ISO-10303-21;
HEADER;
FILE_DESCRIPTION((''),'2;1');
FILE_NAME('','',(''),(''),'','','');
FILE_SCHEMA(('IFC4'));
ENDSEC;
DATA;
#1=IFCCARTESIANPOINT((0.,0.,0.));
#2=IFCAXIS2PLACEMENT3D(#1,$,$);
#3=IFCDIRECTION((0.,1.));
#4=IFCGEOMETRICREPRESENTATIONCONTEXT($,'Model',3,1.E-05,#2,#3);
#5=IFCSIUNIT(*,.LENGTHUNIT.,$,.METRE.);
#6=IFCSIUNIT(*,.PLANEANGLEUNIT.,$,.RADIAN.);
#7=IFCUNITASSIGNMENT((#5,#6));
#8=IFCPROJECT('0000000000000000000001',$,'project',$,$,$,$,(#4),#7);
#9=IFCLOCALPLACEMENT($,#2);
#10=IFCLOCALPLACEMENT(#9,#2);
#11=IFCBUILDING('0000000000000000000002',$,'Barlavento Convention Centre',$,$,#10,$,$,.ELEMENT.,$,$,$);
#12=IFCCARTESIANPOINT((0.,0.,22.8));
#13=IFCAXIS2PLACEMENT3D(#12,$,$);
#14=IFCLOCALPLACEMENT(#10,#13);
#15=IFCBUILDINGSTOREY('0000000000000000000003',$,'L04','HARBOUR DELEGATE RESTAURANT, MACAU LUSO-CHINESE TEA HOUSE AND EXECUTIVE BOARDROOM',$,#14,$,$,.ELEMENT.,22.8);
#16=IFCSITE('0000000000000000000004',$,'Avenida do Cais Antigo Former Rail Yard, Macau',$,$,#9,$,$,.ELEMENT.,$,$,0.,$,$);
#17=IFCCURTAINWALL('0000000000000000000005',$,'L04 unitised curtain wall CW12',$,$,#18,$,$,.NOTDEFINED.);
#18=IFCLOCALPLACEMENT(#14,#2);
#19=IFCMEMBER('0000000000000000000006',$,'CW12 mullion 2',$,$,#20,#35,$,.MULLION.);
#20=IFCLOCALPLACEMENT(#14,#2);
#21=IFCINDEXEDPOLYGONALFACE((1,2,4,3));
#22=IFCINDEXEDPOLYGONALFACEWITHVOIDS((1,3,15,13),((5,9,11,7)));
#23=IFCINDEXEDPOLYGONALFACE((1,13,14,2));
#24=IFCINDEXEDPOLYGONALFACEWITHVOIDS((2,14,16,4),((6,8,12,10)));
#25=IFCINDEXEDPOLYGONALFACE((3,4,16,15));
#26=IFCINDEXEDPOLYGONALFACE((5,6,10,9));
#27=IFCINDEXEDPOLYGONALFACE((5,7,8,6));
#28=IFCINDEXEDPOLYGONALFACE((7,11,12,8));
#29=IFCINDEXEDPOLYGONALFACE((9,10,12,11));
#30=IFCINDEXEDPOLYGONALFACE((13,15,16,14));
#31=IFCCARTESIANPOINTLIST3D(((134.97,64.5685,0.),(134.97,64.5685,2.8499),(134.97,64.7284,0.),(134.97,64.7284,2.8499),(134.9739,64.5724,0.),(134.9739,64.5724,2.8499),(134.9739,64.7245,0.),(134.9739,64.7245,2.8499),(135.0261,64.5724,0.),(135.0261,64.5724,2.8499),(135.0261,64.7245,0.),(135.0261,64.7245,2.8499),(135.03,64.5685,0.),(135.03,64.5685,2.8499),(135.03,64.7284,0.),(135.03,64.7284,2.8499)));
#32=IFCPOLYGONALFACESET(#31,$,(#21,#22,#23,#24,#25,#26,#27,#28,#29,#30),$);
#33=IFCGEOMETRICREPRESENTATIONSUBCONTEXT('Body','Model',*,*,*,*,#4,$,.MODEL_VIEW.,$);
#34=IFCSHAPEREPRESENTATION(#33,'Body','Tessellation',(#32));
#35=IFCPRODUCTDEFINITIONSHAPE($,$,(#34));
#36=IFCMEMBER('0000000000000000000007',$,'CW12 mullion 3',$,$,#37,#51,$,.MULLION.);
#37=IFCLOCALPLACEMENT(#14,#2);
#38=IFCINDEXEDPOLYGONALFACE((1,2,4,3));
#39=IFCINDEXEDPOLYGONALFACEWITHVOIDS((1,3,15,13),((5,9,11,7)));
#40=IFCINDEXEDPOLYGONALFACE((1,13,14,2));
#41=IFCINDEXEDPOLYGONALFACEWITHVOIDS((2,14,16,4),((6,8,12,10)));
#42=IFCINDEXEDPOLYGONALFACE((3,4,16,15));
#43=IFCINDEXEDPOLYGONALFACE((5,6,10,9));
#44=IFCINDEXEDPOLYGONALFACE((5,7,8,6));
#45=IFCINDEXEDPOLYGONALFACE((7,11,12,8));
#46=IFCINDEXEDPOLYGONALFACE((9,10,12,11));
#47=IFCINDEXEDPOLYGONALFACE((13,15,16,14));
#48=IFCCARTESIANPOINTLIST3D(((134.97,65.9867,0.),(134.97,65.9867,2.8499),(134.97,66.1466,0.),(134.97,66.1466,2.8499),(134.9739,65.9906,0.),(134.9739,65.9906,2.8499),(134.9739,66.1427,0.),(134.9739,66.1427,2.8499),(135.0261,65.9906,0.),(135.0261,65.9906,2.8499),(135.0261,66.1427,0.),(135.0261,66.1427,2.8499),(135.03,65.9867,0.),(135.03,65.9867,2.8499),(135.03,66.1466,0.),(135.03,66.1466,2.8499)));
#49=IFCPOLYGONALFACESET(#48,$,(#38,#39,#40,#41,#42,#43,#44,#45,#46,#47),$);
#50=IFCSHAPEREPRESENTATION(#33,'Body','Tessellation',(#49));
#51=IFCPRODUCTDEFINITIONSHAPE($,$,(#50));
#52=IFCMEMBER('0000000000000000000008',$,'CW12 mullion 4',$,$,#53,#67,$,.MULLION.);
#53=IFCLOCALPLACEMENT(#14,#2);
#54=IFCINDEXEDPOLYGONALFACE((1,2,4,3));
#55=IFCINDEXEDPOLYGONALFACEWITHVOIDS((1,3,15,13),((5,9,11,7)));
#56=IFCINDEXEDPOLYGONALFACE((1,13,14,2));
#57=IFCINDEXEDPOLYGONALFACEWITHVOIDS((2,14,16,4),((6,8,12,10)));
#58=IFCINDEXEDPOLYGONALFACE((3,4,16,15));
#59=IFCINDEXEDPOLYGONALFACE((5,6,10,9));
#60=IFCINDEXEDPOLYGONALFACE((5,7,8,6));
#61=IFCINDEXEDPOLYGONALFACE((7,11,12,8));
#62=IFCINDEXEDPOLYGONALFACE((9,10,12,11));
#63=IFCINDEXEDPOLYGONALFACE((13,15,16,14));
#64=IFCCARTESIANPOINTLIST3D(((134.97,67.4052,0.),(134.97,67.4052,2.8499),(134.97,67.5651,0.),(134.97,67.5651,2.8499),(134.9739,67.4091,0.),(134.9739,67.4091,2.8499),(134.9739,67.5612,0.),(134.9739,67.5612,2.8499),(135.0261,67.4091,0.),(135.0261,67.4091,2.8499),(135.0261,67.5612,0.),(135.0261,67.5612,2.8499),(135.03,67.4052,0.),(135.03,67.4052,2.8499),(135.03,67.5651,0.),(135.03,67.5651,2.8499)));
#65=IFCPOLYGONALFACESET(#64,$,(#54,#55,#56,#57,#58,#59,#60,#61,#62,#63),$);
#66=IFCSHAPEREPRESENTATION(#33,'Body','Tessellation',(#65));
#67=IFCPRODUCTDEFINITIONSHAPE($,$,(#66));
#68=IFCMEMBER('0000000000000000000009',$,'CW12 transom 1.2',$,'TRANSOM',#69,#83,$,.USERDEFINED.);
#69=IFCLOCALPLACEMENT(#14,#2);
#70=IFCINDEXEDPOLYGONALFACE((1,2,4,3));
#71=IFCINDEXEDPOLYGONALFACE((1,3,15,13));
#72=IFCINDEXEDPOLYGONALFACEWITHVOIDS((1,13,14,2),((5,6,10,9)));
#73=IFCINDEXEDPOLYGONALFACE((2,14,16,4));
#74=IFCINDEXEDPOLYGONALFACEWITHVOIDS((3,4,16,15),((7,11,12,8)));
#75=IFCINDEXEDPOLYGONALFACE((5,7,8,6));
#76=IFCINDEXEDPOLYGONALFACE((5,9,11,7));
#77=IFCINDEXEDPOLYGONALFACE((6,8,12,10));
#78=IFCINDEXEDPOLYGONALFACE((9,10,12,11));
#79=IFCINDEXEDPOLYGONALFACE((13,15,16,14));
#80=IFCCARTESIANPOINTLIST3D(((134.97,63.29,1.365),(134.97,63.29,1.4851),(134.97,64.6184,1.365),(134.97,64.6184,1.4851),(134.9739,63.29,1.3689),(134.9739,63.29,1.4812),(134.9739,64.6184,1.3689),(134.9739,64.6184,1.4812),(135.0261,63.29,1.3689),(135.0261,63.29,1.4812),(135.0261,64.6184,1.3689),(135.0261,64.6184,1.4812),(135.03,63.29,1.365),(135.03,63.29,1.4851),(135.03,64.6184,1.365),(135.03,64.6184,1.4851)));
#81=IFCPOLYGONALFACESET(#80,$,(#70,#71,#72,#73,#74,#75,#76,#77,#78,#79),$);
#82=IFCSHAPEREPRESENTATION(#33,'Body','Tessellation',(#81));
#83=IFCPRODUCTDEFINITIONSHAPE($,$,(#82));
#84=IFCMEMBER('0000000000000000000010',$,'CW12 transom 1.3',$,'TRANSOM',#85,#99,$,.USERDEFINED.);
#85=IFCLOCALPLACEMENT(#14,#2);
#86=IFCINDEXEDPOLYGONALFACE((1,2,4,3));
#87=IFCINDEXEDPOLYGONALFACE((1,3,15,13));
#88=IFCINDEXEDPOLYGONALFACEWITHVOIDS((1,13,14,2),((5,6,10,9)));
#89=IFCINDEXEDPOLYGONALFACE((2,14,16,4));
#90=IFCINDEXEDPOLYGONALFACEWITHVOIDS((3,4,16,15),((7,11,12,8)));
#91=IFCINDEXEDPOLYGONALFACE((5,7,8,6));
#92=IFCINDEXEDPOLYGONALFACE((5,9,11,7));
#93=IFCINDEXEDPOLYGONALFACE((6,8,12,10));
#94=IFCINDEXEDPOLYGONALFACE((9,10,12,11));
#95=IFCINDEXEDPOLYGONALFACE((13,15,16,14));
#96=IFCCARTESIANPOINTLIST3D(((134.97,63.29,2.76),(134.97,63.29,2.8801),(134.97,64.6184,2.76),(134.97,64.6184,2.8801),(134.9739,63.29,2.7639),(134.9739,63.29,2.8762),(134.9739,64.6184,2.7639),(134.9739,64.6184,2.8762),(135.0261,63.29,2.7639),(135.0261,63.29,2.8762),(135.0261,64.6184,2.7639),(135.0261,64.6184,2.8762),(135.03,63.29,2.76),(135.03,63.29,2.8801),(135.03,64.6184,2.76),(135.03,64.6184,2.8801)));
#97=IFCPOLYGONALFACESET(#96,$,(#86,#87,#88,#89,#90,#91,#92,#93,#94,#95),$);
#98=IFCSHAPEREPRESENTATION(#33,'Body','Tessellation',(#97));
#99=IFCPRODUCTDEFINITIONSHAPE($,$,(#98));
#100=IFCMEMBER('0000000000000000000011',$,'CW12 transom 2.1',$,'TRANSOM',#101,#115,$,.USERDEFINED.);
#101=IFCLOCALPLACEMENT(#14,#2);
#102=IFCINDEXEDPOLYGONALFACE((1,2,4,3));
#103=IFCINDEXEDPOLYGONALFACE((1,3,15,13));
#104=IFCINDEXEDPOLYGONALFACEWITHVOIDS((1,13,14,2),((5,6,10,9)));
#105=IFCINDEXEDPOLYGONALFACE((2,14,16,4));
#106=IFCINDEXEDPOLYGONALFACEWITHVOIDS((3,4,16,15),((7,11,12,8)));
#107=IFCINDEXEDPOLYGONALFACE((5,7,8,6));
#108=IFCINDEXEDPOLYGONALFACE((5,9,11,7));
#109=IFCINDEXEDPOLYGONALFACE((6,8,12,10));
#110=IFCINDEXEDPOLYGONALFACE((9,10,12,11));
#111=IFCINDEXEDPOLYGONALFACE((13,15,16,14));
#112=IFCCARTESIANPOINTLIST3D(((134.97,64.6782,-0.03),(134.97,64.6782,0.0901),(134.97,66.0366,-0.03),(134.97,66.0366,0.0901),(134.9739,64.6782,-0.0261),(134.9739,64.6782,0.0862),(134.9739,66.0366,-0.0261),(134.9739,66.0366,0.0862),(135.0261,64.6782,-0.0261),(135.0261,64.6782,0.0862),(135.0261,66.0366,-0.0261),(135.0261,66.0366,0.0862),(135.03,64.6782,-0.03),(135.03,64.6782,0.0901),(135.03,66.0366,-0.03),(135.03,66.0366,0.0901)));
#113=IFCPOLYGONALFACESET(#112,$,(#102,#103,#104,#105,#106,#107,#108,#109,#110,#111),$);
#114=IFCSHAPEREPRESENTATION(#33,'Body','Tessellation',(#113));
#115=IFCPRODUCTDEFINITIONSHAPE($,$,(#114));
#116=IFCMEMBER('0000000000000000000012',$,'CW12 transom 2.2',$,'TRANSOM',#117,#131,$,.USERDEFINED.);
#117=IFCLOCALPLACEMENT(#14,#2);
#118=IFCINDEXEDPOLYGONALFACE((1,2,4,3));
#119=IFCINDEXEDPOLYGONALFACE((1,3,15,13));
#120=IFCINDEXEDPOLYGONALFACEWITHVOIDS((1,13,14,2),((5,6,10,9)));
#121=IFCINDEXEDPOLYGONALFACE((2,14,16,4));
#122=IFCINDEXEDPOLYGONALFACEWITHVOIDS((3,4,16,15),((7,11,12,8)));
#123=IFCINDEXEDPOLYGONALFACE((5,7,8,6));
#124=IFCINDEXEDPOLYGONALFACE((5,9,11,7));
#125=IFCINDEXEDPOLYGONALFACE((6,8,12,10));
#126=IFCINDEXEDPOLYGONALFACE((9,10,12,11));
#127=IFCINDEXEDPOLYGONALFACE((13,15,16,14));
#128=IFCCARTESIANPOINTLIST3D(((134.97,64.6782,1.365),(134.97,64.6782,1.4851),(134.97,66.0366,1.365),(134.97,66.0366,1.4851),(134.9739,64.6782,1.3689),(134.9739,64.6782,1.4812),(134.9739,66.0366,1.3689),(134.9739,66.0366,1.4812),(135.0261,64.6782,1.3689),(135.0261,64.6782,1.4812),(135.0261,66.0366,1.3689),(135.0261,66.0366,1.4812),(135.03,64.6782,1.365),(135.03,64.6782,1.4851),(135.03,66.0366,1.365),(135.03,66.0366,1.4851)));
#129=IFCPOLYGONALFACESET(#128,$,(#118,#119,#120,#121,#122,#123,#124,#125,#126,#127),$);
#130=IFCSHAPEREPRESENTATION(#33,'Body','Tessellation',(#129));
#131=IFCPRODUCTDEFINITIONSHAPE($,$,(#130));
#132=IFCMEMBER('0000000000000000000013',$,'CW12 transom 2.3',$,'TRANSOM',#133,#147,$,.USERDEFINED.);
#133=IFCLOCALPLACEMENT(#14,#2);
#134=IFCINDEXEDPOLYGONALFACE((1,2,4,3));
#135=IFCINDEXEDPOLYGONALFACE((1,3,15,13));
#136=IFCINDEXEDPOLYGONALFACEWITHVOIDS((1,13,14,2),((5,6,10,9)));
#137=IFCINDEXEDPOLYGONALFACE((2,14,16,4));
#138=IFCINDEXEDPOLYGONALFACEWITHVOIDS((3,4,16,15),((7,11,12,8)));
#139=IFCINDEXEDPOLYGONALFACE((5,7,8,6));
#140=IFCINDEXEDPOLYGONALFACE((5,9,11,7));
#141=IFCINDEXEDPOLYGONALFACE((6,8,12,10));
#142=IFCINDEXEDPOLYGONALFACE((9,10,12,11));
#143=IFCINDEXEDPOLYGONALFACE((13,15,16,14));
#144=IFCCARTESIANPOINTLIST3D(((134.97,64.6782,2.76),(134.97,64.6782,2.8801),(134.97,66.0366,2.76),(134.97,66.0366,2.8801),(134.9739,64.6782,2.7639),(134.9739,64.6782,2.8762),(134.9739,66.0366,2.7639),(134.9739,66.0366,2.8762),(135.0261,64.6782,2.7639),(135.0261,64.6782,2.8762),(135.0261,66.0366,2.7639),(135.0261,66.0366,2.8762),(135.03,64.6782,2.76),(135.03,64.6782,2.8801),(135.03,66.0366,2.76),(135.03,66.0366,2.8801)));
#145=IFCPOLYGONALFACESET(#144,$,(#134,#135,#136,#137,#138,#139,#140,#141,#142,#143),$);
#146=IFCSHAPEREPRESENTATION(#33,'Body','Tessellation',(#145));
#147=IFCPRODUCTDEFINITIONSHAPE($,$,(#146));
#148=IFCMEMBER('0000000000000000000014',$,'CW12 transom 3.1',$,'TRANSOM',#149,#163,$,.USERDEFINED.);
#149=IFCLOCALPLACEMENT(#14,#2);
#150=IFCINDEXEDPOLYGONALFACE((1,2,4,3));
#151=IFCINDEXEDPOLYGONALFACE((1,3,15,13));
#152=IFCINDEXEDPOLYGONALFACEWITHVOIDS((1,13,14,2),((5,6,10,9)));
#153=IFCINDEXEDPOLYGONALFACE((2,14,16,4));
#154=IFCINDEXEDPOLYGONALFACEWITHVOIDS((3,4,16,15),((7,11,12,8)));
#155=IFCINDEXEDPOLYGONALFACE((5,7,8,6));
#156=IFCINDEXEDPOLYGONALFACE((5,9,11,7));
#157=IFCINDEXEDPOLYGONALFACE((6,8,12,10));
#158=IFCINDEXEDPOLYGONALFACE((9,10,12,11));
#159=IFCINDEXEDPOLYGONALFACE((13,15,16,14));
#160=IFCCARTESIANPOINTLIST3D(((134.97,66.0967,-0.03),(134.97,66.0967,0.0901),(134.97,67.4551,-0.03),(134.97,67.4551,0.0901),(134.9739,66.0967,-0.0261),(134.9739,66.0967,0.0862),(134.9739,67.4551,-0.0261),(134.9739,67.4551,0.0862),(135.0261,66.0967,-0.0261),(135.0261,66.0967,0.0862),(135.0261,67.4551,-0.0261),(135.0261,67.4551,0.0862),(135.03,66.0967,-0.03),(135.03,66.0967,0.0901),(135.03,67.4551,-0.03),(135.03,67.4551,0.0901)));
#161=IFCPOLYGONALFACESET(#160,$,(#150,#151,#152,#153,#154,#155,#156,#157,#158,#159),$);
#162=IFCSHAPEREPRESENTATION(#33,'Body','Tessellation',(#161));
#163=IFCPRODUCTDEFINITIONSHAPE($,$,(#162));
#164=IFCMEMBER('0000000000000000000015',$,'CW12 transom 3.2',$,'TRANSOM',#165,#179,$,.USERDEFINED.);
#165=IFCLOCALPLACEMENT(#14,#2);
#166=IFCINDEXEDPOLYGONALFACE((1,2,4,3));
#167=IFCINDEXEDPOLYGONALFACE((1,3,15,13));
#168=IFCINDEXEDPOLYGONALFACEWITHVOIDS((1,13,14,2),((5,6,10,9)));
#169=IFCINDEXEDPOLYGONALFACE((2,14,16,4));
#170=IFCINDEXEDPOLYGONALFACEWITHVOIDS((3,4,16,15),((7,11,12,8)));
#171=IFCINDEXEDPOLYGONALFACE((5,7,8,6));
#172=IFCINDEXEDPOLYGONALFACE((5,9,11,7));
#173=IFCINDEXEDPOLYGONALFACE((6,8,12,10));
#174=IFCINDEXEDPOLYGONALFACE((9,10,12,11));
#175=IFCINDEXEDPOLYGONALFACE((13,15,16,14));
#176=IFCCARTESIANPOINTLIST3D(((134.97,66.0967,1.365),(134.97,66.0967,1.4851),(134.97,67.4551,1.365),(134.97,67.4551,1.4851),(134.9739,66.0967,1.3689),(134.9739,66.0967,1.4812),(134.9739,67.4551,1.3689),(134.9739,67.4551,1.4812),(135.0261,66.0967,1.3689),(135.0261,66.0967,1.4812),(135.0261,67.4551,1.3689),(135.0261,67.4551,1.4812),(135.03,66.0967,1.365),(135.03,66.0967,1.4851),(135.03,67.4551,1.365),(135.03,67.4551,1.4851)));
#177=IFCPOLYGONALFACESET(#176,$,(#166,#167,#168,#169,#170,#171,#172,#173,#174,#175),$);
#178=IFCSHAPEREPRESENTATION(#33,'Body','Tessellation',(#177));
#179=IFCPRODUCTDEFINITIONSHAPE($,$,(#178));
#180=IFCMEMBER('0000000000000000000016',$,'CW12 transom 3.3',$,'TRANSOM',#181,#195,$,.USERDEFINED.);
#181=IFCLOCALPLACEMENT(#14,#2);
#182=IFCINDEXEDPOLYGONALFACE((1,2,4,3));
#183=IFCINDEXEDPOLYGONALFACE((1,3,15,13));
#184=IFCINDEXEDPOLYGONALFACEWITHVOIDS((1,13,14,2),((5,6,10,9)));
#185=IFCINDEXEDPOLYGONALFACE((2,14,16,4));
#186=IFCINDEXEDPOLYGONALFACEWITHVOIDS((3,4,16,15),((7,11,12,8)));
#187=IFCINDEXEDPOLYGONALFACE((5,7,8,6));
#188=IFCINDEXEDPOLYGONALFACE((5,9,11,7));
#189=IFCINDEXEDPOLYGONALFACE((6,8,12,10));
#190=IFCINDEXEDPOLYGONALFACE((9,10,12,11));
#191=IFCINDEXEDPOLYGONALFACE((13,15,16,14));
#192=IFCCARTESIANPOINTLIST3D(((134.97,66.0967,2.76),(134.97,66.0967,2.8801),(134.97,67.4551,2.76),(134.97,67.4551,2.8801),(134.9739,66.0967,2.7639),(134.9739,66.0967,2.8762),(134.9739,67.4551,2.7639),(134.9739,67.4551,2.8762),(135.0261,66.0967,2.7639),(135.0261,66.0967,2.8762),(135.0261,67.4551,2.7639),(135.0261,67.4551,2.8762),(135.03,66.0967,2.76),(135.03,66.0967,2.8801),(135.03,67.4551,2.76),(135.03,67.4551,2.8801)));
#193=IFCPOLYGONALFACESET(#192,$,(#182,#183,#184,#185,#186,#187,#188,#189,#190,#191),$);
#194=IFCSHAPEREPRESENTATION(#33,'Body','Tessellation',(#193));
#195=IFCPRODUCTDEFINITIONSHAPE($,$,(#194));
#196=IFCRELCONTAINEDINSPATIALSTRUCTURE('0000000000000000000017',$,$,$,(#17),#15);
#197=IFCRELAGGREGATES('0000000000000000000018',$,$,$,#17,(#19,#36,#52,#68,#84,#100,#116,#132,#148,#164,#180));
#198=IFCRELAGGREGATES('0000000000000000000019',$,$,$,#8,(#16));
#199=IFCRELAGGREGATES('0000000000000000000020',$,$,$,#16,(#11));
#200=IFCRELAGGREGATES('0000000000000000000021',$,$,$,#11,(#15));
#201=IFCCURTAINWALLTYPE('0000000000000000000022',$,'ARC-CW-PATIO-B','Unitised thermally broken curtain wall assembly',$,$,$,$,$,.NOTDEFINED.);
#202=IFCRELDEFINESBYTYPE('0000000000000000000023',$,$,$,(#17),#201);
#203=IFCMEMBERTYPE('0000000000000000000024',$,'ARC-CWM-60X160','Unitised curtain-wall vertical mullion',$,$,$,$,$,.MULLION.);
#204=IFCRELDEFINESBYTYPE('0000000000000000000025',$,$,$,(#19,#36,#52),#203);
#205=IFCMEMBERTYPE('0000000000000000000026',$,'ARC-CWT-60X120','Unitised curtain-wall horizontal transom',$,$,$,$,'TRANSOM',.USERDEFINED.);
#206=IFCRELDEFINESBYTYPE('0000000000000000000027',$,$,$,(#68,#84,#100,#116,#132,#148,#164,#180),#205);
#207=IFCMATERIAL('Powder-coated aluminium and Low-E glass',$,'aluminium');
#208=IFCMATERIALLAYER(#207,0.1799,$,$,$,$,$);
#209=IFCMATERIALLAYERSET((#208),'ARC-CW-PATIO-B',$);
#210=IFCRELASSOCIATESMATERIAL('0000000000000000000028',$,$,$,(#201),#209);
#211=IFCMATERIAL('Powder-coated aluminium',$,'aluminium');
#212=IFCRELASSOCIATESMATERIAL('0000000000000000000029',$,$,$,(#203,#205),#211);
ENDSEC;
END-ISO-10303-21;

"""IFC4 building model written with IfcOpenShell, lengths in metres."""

from ifc_helpers import new_model, si_unit, direction, frame, origin, origin_2d, place, context, subcontext, project, spatial, hollow_rectangle, extrude, material, layer, layer_set, material_profile, profile_set, type_object, element, aggregate, save


model = new_model("IFC4")

# Units and contexts
model_context = context("Model", 3, precision=1e-05, world=origin(), true_north=direction((0.0, 1.0)))
body_context = subcontext(model_context, "Body", "Model", "MODEL_VIEW")
ifc_project = project(units=[si_unit("LENGTHUNIT", "METRE"), si_unit("PLANEANGLEUNIT", "RADIAN")], contexts=[model_context])

# Site, building, storey
site_placement = place(None, origin())
site = spatial("IfcSite", under=ifc_project, at=site_placement, Name="Avenida do Cais Antigo Former Rail Yard, Macau", CompositionType="ELEMENT", RefElevation=0.0)
building_placement = place(site_placement, origin())
building = spatial("IfcBuilding", under=site, at=building_placement, Name="Barlavento Convention Centre", CompositionType="ELEMENT")
storey_placement = place(building_placement, frame((0.0, 0.0, 22.8)))
storey = spatial("IfcBuildingStorey", under=building, at=storey_placement, Name="L04", Description="HARBOUR DELEGATE RESTAURANT, MACAU LUSO-CHINESE TEA HOUSE AND EXECUTIVE BOARDROOM", CompositionType="ELEMENT", Elevation=22.8)

# Curtain wall, members
ifc_material_1 = material(Name="Powder-coated aluminium and Low-E glass", Category="aluminium")
ifc_layer_1 = layer(ifc_material_1, 0.1799)
ifc_layer_set_1 = layer_set([ifc_layer_1], Name="ARC-CW-PATIO-B")
curtain_wall_type = type_object("IfcCurtainWallType", Name="ARC-CW-PATIO-B", Description="Unitised thermally broken curtain wall assembly", PredefinedType="NOTDEFINED", material=ifc_layer_set_1)
curtain_wall_placement = place(storey_placement, origin())
curtain_wall = element("IfcCurtainWall", 1, at=curtain_wall_placement, inside=storey, type_object=curtain_wall_type, Name="L04 unitised curtain wall CW12", PredefinedType="NOTDEFINED")
ifc_material_2 = material(Name="Powder-coated aluminium", Category="aluminium")
ifc_material_profile_1 = material_profile(ifc_material_2, hollow_rectangle(XDim=0.0601, YDim=0.1599, WallThickness=0.0039, at=origin_2d()), Name="AL-MULL 60x160x4")
ifc_profile_set_1 = profile_set([ifc_material_profile_1], Name="Powder-coated aluminium")
member_type_1 = type_object("IfcMemberType", Name="ARC-CWM-60X160", Description="Unitised curtain-wall vertical mullion", PredefinedType="MULLION", material=ifc_profile_set_1)
member_1_placement = place(storey_placement, frame((135.0, 64.6484, 0.0), z_axis=(0.0, 0.0, 1.0), x_axis=(-1.0, 0.0, 0.0)))
member_1 = element("IfcMember", 2, at=member_1_placement, type_object=member_type_1, Name="CW12 mullion 2", PredefinedType="MULLION", context=body_context, shape_type="SweptSolid", body=[
    extrude(hollow_rectangle(XDim=0.0601, YDim=0.1599, WallThickness=0.0039, at=origin_2d()), origin(), (0.0, 0.0, 1.0), 2.8499),
])
member_2_placement = place(storey_placement, frame((135.0, 66.0667, 0.0), z_axis=(0.0, 0.0, 1.0), x_axis=(-1.0, 0.0, 0.0)))
member_2 = element("IfcMember", 3, at=member_2_placement, type_object=member_type_1, Name="CW12 mullion 3", PredefinedType="MULLION", context=body_context, shape_type="SweptSolid", body=[
    extrude(hollow_rectangle(XDim=0.0601, YDim=0.1599, WallThickness=0.0039, at=origin_2d()), origin(), (0.0, 0.0, 1.0), 2.8499),
])
member_3_placement = place(storey_placement, frame((135.0, 67.4851, 0.0), z_axis=(0.0, 0.0, 1.0), x_axis=(-1.0, 0.0, 0.0)))
member_3 = element("IfcMember", 4, at=member_3_placement, type_object=member_type_1, Name="CW12 mullion 4", PredefinedType="MULLION", context=body_context, shape_type="SweptSolid", body=[
    extrude(hollow_rectangle(XDim=0.0601, YDim=0.1599, WallThickness=0.0039, at=origin_2d()), origin(), (0.0, 0.0, 1.0), 2.8499),
])
ifc_material_profile_2 = material_profile(ifc_material_2, hollow_rectangle(XDim=0.0601, YDim=0.1201, WallThickness=0.0039, at=origin_2d()), Name="AL-TRAN 60x120x4")
ifc_profile_set_2 = profile_set([ifc_material_profile_2], Name="Powder-coated aluminium")
member_type_2 = type_object("IfcMemberType", Name="ARC-CWT-60X120", Description="Unitised curtain-wall horizontal transom", ElementType="TRANSOM", PredefinedType="USERDEFINED", material=ifc_profile_set_2)
member_4_placement = place(storey_placement, frame((135.0, 63.29, 1.425), z_axis=(0.0, 1.0, 0.0), x_axis=(-1.0, 0.0, 0.0)))
member_4 = element("IfcMember", 5, at=member_4_placement, type_object=member_type_2, Name="CW12 transom 1.2", ObjectType="TRANSOM", PredefinedType="USERDEFINED", context=body_context, shape_type="SweptSolid", body=[
    extrude(hollow_rectangle(XDim=0.0601, YDim=0.1201, WallThickness=0.0039, at=origin_2d()), origin(), (0.0, 0.0, 1.0), 1.3284),
])
member_5_placement = place(storey_placement, frame((135.0, 63.29, 2.8201), z_axis=(0.0, 1.0, 0.0), x_axis=(-1.0, 0.0, 0.0)))
member_5 = element("IfcMember", 6, at=member_5_placement, type_object=member_type_2, Name="CW12 transom 1.3", ObjectType="TRANSOM", PredefinedType="USERDEFINED", context=body_context, shape_type="SweptSolid", body=[
    extrude(hollow_rectangle(XDim=0.0601, YDim=0.1201, WallThickness=0.0039, at=origin_2d()), origin(), (0.0, 0.0, 1.0), 1.3284),
])
member_6_placement = place(storey_placement, frame((135.0, 64.6782, 0.03), z_axis=(0.0, 1.0, 0.0), x_axis=(-1.0, 0.0, 0.0)))
member_6 = element("IfcMember", 7, at=member_6_placement, type_object=member_type_2, Name="CW12 transom 2.1", ObjectType="TRANSOM", PredefinedType="USERDEFINED", context=body_context, shape_type="SweptSolid", body=[
    extrude(hollow_rectangle(XDim=0.0601, YDim=0.1201, WallThickness=0.0039, at=origin_2d()), origin(), (0.0, 0.0, 1.0), 1.3584),
])
member_7_placement = place(storey_placement, frame((135.0, 64.6782, 1.425), z_axis=(0.0, 1.0, 0.0), x_axis=(-1.0, 0.0, 0.0)))
member_7 = element("IfcMember", 8, at=member_7_placement, type_object=member_type_2, Name="CW12 transom 2.2", ObjectType="TRANSOM", PredefinedType="USERDEFINED", context=body_context, shape_type="SweptSolid", body=[
    extrude(hollow_rectangle(XDim=0.0601, YDim=0.1201, WallThickness=0.0039, at=origin_2d()), origin(), (0.0, 0.0, 1.0), 1.3584),
])
member_8_placement = place(storey_placement, frame((135.0, 64.6782, 2.8201), z_axis=(0.0, 1.0, 0.0), x_axis=(-1.0, 0.0, 0.0)))
member_8 = element("IfcMember", 9, at=member_8_placement, type_object=member_type_2, Name="CW12 transom 2.3", ObjectType="TRANSOM", PredefinedType="USERDEFINED", context=body_context, shape_type="SweptSolid", body=[
    extrude(hollow_rectangle(XDim=0.0601, YDim=0.1201, WallThickness=0.0039, at=origin_2d()), origin(), (0.0, 0.0, 1.0), 1.3584),
])
member_9_placement = place(storey_placement, frame((135.0, 66.0967, 0.03), z_axis=(0.0, 1.0, 0.0), x_axis=(-1.0, 0.0, 0.0)))
member_9 = element("IfcMember", 10, at=member_9_placement, type_object=member_type_2, Name="CW12 transom 3.1", ObjectType="TRANSOM", PredefinedType="USERDEFINED", context=body_context, shape_type="SweptSolid", body=[
    extrude(hollow_rectangle(XDim=0.0601, YDim=0.1201, WallThickness=0.0039, at=origin_2d()), origin(), (0.0, 0.0, 1.0), 1.3584),
])
member_10_placement = place(storey_placement, frame((135.0, 66.0967, 1.425), z_axis=(0.0, 1.0, 0.0), x_axis=(-1.0, 0.0, 0.0)))
member_10 = element("IfcMember", 11, at=member_10_placement, type_object=member_type_2, Name="CW12 transom 3.2", ObjectType="TRANSOM", PredefinedType="USERDEFINED", context=body_context, shape_type="SweptSolid", body=[
    extrude(hollow_rectangle(XDim=0.0601, YDim=0.1201, WallThickness=0.0039, at=origin_2d()), origin(), (0.0, 0.0, 1.0), 1.3584),
])
member_11_placement = place(storey_placement, frame((135.0, 66.0967, 2.8201), z_axis=(0.0, 1.0, 0.0), x_axis=(-1.0, 0.0, 0.0)))
member_11 = element("IfcMember", 12, at=member_11_placement, type_object=member_type_2, Name="CW12 transom 3.3", ObjectType="TRANSOM", PredefinedType="USERDEFINED", context=body_context, shape_type="SweptSolid", body=[
    extrude(hollow_rectangle(XDim=0.0601, YDim=0.1201, WallThickness=0.0039, at=origin_2d()), origin(), (0.0, 0.0, 1.0), 1.3584),
])
aggregate(curtain_wall, [member_1, member_2, member_3, member_4, member_5, member_6, member_7, member_8, member_9, member_10, member_11])

save(model, "model.ifc")
